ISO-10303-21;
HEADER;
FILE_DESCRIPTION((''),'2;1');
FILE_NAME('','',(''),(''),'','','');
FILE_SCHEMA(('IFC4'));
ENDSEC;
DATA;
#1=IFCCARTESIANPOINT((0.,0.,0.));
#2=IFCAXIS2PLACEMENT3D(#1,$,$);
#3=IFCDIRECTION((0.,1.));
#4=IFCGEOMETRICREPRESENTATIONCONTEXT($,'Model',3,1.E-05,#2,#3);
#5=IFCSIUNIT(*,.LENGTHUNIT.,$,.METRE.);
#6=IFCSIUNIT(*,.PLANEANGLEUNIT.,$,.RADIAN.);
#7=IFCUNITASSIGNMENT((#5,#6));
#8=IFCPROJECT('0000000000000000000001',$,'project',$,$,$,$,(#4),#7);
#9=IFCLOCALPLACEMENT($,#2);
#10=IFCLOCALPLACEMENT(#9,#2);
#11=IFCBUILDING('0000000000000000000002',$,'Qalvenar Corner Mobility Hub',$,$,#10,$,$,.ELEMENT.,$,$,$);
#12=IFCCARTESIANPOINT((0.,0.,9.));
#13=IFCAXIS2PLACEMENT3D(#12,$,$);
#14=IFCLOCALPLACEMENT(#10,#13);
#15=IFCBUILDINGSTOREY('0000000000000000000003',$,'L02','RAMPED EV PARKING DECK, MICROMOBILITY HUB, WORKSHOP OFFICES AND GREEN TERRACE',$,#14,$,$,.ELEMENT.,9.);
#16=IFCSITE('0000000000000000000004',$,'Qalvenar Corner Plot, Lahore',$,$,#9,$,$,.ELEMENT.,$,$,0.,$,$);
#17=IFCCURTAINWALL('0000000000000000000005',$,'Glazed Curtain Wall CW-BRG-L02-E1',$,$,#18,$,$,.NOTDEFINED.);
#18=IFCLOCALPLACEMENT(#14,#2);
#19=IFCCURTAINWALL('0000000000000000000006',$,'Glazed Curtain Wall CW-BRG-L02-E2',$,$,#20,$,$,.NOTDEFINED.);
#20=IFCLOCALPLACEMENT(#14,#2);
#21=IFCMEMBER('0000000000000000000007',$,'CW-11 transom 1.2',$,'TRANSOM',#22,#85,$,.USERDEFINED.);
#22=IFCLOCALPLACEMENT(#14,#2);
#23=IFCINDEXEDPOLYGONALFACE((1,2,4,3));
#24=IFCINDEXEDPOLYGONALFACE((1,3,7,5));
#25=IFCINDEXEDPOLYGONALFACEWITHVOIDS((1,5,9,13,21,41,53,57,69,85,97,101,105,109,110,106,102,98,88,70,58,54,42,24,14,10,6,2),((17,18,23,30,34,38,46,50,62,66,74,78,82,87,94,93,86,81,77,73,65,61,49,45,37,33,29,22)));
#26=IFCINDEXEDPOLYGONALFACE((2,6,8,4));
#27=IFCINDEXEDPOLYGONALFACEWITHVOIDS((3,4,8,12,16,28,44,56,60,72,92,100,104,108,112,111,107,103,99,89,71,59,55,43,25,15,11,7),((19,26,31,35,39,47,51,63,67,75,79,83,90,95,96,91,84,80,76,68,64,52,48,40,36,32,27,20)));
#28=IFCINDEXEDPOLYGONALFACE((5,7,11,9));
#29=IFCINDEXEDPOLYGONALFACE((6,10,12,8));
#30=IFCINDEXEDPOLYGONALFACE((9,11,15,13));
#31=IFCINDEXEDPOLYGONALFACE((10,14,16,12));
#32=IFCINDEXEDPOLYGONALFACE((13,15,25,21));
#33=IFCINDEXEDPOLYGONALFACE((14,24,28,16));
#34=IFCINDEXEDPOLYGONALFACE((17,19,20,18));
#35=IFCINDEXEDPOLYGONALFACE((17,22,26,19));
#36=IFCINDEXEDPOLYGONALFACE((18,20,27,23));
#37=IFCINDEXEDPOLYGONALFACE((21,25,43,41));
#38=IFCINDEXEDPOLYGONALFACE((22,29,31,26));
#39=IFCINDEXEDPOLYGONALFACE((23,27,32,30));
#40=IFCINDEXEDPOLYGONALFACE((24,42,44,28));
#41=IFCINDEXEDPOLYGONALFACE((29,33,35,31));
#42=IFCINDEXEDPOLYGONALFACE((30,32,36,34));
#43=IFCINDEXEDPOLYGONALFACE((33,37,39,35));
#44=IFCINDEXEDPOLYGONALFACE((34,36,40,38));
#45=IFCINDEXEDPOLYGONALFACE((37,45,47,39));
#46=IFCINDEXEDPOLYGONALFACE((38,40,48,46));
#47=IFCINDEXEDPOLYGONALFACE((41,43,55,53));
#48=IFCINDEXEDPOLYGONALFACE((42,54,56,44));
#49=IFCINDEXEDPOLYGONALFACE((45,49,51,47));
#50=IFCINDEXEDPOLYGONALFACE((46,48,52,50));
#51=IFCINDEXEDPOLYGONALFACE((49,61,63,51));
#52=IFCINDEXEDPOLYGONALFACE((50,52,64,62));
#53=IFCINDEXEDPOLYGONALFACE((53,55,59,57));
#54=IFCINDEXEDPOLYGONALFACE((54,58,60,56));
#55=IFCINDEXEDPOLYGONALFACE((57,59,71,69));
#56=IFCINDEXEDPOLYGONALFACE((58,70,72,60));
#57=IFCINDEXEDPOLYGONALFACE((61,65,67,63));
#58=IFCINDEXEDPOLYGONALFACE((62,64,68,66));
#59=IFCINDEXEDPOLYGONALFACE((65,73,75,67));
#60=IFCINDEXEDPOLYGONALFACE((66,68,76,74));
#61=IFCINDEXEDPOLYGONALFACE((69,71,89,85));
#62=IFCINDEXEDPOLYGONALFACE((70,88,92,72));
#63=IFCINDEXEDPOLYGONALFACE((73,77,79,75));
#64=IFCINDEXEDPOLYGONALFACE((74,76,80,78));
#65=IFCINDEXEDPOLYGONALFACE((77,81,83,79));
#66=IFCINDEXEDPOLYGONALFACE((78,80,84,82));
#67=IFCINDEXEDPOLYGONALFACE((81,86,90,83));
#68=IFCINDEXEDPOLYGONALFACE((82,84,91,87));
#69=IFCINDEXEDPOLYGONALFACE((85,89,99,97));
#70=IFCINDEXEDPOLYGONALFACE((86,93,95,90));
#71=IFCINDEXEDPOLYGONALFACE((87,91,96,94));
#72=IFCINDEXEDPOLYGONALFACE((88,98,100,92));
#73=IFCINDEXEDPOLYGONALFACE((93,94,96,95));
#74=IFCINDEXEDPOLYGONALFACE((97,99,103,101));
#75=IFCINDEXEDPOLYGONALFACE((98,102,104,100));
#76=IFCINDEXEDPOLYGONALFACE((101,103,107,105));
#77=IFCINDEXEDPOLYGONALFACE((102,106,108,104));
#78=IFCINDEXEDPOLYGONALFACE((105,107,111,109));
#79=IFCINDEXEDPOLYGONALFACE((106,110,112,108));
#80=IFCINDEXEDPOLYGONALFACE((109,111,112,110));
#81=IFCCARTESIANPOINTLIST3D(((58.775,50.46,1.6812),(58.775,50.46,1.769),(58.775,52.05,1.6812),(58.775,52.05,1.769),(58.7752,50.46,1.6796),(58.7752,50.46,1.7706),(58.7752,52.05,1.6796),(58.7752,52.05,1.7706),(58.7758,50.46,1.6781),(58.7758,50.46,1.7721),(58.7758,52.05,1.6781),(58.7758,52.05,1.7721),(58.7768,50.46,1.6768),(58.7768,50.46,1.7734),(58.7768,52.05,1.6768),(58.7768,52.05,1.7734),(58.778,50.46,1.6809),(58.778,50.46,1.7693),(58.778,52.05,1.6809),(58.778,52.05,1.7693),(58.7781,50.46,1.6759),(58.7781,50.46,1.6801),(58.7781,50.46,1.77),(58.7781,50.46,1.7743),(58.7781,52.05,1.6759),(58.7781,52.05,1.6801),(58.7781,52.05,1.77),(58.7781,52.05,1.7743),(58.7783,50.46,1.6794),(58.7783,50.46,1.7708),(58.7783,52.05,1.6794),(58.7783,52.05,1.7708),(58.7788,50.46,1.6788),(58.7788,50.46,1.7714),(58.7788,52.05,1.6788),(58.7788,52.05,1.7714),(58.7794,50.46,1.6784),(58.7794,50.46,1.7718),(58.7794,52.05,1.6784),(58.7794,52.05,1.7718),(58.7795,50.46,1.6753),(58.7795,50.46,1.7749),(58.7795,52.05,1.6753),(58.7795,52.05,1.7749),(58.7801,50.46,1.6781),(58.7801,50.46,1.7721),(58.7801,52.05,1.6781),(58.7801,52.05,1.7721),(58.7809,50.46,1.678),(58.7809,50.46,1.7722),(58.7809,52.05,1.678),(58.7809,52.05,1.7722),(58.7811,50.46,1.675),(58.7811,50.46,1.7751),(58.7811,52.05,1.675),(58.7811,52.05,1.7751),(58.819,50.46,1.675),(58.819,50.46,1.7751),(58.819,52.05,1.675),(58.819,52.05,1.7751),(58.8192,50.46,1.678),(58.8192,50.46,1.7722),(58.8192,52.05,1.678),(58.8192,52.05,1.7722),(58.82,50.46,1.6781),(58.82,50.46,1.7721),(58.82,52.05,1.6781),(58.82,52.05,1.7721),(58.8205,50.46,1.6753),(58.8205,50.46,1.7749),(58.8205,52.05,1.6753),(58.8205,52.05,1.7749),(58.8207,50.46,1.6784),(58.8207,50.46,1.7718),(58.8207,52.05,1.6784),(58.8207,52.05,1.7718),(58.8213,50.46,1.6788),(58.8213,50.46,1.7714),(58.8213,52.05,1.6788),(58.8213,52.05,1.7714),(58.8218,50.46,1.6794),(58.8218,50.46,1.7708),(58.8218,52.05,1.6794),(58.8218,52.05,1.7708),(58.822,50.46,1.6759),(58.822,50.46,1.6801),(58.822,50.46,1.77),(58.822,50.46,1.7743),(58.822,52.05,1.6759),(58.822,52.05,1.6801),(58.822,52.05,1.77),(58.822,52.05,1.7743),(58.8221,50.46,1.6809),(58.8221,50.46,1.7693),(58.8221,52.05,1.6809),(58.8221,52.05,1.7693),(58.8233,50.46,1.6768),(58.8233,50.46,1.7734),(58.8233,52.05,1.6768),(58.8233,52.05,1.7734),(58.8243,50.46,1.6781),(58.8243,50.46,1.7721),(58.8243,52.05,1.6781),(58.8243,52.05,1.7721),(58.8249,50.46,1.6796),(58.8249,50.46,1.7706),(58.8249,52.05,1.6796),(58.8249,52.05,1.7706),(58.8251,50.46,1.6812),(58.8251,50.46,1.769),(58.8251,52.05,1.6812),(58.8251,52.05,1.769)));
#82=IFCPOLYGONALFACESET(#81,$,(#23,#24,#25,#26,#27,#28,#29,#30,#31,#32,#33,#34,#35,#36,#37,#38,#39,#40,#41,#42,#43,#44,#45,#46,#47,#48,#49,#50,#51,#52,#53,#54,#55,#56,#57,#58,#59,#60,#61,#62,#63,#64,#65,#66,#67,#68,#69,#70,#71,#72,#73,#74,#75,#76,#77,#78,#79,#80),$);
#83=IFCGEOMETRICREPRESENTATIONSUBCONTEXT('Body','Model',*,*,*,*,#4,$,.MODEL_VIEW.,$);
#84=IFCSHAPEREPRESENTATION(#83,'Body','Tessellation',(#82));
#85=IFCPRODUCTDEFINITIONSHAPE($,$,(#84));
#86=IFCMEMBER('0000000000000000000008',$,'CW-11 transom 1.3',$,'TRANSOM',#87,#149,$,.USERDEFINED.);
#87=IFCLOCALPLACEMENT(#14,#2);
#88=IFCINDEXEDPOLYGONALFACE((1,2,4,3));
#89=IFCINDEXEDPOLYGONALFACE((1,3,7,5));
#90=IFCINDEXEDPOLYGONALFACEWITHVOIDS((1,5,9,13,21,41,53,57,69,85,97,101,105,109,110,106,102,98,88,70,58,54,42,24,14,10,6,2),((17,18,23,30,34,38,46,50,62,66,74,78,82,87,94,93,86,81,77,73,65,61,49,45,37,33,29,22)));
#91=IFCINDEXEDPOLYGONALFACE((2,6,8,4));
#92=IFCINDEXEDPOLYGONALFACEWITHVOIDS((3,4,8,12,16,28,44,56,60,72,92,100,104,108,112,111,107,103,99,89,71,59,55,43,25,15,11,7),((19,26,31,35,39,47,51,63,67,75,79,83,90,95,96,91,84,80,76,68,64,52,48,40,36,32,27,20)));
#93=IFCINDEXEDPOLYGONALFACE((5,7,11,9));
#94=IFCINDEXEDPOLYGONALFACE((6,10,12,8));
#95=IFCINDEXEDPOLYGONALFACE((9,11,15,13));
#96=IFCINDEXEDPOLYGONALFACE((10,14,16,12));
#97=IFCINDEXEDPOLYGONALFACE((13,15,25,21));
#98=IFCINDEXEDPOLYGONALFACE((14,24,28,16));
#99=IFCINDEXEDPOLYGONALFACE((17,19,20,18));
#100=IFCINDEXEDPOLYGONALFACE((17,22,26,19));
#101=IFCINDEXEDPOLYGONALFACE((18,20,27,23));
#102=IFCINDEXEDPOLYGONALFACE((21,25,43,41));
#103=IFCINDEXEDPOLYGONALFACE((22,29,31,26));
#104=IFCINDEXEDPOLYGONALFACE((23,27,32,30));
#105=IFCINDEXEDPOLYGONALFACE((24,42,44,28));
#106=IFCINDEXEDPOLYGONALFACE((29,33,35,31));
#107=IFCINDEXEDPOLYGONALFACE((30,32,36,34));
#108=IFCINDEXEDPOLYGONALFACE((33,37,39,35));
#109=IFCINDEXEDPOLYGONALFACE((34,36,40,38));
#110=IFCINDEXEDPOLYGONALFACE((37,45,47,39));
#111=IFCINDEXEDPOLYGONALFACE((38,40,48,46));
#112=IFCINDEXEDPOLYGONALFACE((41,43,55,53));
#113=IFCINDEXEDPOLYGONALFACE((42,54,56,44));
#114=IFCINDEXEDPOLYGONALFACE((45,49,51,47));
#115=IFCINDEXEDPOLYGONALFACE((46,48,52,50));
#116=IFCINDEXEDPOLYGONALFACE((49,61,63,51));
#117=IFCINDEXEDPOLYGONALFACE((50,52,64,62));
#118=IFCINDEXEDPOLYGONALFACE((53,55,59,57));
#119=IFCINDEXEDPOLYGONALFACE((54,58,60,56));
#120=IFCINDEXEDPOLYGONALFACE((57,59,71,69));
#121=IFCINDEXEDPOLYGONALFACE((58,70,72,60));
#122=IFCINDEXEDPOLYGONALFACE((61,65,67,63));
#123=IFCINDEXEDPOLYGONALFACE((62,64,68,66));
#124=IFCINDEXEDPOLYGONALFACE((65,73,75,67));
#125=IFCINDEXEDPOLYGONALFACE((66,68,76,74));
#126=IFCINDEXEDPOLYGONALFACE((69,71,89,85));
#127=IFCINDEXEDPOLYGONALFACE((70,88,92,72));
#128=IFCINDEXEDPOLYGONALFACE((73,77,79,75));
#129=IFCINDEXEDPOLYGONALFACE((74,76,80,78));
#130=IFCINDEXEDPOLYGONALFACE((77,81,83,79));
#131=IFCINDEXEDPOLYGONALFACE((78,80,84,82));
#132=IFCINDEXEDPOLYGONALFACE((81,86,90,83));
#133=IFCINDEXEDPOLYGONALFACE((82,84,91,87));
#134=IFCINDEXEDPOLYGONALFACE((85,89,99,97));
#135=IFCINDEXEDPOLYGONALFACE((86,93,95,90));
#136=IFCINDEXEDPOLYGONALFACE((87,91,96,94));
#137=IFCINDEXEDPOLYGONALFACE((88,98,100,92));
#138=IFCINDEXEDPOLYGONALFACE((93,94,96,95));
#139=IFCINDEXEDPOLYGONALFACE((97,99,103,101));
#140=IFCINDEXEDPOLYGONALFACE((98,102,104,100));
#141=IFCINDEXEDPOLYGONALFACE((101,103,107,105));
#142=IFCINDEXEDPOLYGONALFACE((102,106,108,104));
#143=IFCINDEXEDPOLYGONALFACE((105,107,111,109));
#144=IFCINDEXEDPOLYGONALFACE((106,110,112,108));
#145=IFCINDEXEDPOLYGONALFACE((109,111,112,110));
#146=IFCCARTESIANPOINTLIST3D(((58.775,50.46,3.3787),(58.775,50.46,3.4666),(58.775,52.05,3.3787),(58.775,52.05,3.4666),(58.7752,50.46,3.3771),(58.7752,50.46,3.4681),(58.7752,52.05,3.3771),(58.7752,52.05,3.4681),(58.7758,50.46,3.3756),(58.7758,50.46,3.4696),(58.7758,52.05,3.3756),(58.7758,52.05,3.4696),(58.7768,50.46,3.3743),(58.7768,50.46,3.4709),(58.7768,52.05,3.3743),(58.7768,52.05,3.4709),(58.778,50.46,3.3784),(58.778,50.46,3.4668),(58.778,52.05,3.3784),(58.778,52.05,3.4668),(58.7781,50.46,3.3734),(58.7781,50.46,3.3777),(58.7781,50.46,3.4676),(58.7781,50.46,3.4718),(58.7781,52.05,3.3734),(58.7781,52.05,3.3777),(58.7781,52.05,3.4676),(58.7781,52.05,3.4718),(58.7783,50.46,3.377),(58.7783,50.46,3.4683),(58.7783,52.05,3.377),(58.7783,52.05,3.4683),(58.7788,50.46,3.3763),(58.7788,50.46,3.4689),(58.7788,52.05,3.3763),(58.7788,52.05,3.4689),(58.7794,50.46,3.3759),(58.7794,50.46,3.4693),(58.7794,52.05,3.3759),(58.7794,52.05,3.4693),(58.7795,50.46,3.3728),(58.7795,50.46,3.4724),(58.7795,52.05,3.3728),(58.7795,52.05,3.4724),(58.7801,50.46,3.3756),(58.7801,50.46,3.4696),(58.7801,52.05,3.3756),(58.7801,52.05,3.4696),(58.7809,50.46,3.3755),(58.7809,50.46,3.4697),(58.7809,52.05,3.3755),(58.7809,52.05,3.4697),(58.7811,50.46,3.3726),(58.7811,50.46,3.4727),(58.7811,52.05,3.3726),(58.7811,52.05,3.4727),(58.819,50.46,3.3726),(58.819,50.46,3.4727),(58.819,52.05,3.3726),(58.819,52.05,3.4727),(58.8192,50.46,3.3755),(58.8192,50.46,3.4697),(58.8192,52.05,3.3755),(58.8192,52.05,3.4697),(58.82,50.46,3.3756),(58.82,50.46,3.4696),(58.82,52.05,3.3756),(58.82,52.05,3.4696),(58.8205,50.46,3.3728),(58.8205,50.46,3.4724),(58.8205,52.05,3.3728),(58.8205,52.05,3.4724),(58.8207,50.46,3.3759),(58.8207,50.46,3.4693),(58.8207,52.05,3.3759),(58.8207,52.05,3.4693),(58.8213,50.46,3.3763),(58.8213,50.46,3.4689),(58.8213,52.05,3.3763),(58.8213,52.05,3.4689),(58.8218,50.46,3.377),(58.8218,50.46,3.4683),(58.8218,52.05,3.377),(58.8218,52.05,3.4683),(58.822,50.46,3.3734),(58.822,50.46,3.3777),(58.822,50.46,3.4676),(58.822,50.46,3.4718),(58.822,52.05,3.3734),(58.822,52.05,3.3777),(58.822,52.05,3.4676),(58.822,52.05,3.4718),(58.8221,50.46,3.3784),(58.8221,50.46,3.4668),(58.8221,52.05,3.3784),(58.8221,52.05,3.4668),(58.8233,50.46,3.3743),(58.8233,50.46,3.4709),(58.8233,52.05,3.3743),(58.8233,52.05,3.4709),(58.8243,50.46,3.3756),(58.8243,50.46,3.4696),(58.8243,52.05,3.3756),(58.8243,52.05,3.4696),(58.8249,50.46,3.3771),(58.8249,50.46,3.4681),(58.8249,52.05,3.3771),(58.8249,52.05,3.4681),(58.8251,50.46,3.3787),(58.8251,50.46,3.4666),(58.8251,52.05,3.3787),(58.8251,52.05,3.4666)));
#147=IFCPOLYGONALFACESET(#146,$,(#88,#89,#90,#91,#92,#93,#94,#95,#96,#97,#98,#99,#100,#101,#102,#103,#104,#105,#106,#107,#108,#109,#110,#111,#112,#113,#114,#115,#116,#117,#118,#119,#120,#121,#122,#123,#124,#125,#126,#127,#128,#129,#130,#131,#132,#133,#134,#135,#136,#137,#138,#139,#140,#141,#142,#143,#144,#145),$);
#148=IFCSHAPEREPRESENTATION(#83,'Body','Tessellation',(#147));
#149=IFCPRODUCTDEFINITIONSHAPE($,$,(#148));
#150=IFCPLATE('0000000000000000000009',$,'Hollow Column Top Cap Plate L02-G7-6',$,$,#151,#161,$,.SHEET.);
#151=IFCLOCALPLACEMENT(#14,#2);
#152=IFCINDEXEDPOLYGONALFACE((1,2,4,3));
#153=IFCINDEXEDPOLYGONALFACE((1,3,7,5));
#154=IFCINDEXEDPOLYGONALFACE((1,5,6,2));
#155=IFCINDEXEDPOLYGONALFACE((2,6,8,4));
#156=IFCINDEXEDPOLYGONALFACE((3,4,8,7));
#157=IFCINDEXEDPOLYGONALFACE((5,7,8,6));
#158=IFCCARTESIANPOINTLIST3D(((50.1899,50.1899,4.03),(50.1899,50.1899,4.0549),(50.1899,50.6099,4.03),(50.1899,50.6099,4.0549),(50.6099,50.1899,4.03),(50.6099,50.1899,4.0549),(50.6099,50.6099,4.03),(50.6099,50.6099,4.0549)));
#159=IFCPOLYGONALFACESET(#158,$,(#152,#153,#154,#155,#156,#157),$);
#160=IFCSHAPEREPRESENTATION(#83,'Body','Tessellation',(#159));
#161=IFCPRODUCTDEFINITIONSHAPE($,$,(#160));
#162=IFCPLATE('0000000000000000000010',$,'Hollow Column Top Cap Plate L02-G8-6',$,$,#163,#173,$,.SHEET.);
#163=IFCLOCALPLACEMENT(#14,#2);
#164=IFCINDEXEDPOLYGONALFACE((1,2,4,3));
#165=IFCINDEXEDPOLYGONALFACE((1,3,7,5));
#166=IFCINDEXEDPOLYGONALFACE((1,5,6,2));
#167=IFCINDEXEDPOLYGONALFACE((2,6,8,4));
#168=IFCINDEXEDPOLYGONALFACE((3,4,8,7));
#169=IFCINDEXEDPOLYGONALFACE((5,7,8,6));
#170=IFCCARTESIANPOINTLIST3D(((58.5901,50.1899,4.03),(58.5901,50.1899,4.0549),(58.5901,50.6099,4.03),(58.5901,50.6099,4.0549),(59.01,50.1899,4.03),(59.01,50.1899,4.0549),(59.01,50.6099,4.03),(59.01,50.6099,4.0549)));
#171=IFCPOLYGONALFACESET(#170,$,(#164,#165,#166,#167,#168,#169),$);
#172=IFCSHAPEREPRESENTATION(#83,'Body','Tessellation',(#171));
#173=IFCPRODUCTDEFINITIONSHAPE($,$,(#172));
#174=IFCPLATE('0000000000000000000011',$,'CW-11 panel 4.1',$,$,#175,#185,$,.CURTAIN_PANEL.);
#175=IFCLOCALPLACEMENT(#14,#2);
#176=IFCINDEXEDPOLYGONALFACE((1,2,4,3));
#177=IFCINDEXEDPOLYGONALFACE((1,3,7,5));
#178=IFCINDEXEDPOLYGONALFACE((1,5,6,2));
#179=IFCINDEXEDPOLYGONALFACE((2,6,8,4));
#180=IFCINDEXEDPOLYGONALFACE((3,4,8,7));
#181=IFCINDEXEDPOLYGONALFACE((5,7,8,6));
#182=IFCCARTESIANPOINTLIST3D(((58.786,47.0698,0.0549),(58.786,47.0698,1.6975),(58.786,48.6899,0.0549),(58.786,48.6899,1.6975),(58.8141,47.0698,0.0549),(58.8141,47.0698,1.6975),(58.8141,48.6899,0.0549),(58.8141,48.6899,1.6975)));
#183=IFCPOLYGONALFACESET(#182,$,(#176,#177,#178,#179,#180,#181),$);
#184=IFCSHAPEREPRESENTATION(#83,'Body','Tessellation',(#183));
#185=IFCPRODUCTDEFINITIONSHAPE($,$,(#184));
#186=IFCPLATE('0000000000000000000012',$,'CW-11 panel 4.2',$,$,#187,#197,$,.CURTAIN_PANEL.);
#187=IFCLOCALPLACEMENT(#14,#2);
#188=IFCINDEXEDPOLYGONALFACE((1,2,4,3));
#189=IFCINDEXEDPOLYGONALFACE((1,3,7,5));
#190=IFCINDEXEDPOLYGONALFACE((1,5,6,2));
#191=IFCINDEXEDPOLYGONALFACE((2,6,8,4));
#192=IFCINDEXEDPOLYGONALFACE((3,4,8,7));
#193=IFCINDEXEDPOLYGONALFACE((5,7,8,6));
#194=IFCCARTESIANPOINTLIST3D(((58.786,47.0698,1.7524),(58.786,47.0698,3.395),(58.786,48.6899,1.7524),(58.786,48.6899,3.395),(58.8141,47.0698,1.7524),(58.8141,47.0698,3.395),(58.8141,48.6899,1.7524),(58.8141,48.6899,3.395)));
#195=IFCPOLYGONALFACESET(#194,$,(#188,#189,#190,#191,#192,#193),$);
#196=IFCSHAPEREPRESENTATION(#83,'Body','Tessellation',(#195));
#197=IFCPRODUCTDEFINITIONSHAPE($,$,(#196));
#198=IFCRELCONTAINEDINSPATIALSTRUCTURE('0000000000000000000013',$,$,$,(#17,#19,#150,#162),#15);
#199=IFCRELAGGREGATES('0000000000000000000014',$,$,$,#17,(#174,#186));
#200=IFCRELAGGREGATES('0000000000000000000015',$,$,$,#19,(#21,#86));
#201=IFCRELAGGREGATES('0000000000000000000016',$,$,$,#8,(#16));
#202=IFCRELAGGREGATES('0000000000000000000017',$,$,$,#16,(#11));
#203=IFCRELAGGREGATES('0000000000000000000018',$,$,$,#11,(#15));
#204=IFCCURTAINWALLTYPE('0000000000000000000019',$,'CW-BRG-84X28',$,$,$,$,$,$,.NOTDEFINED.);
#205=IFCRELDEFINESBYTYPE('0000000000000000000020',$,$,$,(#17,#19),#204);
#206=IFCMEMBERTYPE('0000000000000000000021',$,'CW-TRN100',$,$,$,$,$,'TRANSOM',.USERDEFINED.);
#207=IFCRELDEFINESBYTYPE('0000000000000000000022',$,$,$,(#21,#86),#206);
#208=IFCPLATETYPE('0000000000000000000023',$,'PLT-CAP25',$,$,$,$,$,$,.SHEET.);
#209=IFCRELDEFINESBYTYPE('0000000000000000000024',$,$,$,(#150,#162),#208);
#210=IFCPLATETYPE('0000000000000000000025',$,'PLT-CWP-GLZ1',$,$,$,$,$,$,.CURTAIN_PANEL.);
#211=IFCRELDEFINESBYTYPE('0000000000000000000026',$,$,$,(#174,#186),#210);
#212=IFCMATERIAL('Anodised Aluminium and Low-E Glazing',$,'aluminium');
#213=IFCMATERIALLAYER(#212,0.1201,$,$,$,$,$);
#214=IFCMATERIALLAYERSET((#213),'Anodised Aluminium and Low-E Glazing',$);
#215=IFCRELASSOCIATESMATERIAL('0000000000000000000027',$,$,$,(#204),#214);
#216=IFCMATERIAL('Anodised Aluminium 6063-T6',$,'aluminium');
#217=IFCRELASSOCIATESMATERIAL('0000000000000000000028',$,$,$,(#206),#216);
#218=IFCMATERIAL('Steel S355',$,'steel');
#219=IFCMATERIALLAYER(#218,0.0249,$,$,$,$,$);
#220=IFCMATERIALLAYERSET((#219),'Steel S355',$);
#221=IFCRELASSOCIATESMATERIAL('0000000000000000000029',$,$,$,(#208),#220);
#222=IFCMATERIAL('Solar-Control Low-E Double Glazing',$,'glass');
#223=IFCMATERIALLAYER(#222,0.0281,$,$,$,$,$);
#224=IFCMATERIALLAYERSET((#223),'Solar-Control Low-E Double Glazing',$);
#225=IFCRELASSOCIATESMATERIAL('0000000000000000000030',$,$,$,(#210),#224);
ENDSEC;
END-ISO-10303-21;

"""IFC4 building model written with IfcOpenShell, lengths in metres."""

from ifc_helpers import new_model, si_unit, direction, frame, origin, origin_2d, place, context, subcontext, project, spatial, rectangle, hollow_rectangle, extrude, material, layer, layer_set, material_profile, profile_set, type_object, element, aggregate, save


model = new_model("IFC4")

# Units and contexts
model_context = context("Model", 3, precision=1e-05, world=origin(), true_north=direction((0.0, 1.0)))
body_context = subcontext(model_context, "Body", "Model", "MODEL_VIEW")
ifc_project = project(units=[si_unit("LENGTHUNIT", "METRE"), si_unit("PLANEANGLEUNIT", "RADIAN")], contexts=[model_context])

# Site, building, storey
site_placement = place(None, origin())
site = spatial("IfcSite", under=ifc_project, at=site_placement, Name="Qalvenar Corner Plot, Lahore", CompositionType="ELEMENT", RefElevation=0.0)
building_placement = place(site_placement, origin())
building = spatial("IfcBuilding", under=site, at=building_placement, Name="Qalvenar Corner Mobility Hub", CompositionType="ELEMENT")
storey_placement = place(building_placement, frame((0.0, 0.0, 9.0)))
storey = spatial("IfcBuildingStorey", under=building, at=storey_placement, Name="L02", Description="RAMPED EV PARKING DECK, MICROMOBILITY HUB, WORKSHOP OFFICES AND GREEN TERRACE", CompositionType="ELEMENT", Elevation=9.0)

# Shared definitions
ifc_material_1 = material(Name="Anodised Aluminium and Low-E Glazing", Category="aluminium")
ifc_layer_1 = layer(ifc_material_1, 0.1201)
ifc_layer_set_1 = layer_set([ifc_layer_1], Name="Anodised Aluminium and Low-E Glazing")
curtain_wall_type = type_object("IfcCurtainWallType", Name="CW-BRG-84X28", PredefinedType="NOTDEFINED", material=ifc_layer_set_1)
ifc_material_2 = material(Name="Anodised Aluminium 6063-T6", Category="aluminium")

# Curtain wall
curtain_wall_1_placement = place(storey_placement, origin())
curtain_wall_1 = element("IfcCurtainWall", 1, at=curtain_wall_1_placement, inside=storey, type_object=curtain_wall_type, Name="Glazed Curtain Wall CW-BRG-L02-E1", PredefinedType="NOTDEFINED")

# Curtain wall
curtain_wall_2_placement = place(storey_placement, origin())
curtain_wall_2 = element("IfcCurtainWall", 2, at=curtain_wall_2_placement, inside=storey, type_object=curtain_wall_type, Name="Glazed Curtain Wall CW-BRG-L02-E2", PredefinedType="NOTDEFINED")

# Members
ifc_material_profile_1 = material_profile(ifc_material_2, hollow_rectangle(XDim=0.05, YDim=0.1001, WallThickness=0.0029, InnerFilletRadius=0.0029, OuterFilletRadius=0.0061, at=origin_2d()), Name="RHS100x50x3")
ifc_profile_set_1 = profile_set([ifc_material_profile_1], Name="Anodised Aluminium 6063-T6")
member_type_1 = type_object("IfcMemberType", Name="CW-TRN100", ElementType="TRANSOM", PredefinedType="USERDEFINED", material=ifc_profile_set_1)
member_1_placement = place(storey_placement, frame((58.8, 50.46, 1.7251), z_axis=(0.0, 1.0, 0.0), x_axis=(-1.0, 0.0, 0.0)))
member_1 = element("IfcMember", 3, at=member_1_placement, type_object=member_type_1, Name="CW-11 transom 1.2", ObjectType="TRANSOM", PredefinedType="USERDEFINED", context=body_context, shape_type="SweptSolid", body=[
    extrude(hollow_rectangle(XDim=0.05, YDim=0.1001, WallThickness=0.0029, InnerFilletRadius=0.0029, OuterFilletRadius=0.0061, at=origin_2d()), origin(), (0.0, 0.0, 1.0), 1.5901),
])
member_2_placement = place(storey_placement, frame((58.8, 50.46, 3.4226), z_axis=(0.0, 1.0, 0.0), x_axis=(-1.0, 0.0, 0.0)))
member_2 = element("IfcMember", 4, at=member_2_placement, type_object=member_type_1, Name="CW-11 transom 1.3", ObjectType="TRANSOM", PredefinedType="USERDEFINED", context=body_context, shape_type="SweptSolid", body=[
    extrude(hollow_rectangle(XDim=0.05, YDim=0.1001, WallThickness=0.0029, InnerFilletRadius=0.0029, OuterFilletRadius=0.0061, at=origin_2d()), origin(), (0.0, 0.0, 1.0), 1.5901),
])

# Plates
ifc_material_3 = material(Name="Steel S355", Category="steel")
ifc_layer_2 = layer(ifc_material_3, 0.0249)
ifc_layer_set_2 = layer_set([ifc_layer_2], Name="Steel S355")
plate_type_1 = type_object("IfcPlateType", Name="PLT-CAP25", PredefinedType="SHEET", material=ifc_layer_set_2)
for number, where, z_axis, x_axis, name in (
    (5, (50.3999, 50.3999, 4.03), (0.0, 0.0, 1.0), (1.0, 0.0, 0.0), "Hollow Column Top Cap Plate L02-G7-6"),
    (6, (58.8, 50.3999, 4.03), (0.0, 0.0, 1.0), (1.0, 0.0, 0.0), "Hollow Column Top Cap Plate L02-G8-6"),
):
    element("IfcPlate", number, at=place(storey_placement, frame(where, z_axis=z_axis, x_axis=x_axis)), inside=storey, type_object=plate_type_1, Name=name, PredefinedType="SHEET", context=body_context, shape_type="SweptSolid", body=[
        extrude(rectangle(XDim=0.4199, YDim=0.4199, at=origin_2d()), origin(), (0.0, 0.0, 1.0), 0.0249),
    ])

# Plates
ifc_material_4 = material(Name="Solar-Control Low-E Double Glazing", Category="glass")
ifc_layer_3 = layer(ifc_material_4, 0.0281)
ifc_layer_set_3 = layer_set([ifc_layer_3], Name="Solar-Control Low-E Double Glazing")
plate_type_2 = type_object("IfcPlateType", Name="PLT-CWP-GLZ1", PredefinedType="CURTAIN_PANEL", material=ifc_layer_set_3)
plate_1_placement = place(storey_placement, frame((58.8, 47.8799, 0.0549), z_axis=(0.0, 0.0, 1.0), x_axis=(0.0, 1.0, 0.0)))
plate_1 = element("IfcPlate", 7, at=plate_1_placement, type_object=plate_type_2, Name="CW-11 panel 4.1", PredefinedType="CURTAIN_PANEL", context=body_context, shape_type="SweptSolid", body=[
    extrude(rectangle(XDim=1.6201, YDim=0.0281, at=origin_2d()), origin(), (0.0, 0.0, 1.0), 1.6426),
])
plate_2_placement = place(storey_placement, frame((58.8, 47.8799, 1.7524), z_axis=(0.0, 0.0, 1.0), x_axis=(0.0, 1.0, 0.0)))
plate_2 = element("IfcPlate", 8, at=plate_2_placement, type_object=plate_type_2, Name="CW-11 panel 4.2", PredefinedType="CURTAIN_PANEL", context=body_context, shape_type="SweptSolid", body=[
    extrude(rectangle(XDim=1.6201, YDim=0.0281, at=origin_2d()), origin(), (0.0, 0.0, 1.0), 1.6426),
])
aggregate(curtain_wall_1, [plate_1, plate_2])
aggregate(curtain_wall_2, [member_1, member_2])

save(model, "model.ifc")
